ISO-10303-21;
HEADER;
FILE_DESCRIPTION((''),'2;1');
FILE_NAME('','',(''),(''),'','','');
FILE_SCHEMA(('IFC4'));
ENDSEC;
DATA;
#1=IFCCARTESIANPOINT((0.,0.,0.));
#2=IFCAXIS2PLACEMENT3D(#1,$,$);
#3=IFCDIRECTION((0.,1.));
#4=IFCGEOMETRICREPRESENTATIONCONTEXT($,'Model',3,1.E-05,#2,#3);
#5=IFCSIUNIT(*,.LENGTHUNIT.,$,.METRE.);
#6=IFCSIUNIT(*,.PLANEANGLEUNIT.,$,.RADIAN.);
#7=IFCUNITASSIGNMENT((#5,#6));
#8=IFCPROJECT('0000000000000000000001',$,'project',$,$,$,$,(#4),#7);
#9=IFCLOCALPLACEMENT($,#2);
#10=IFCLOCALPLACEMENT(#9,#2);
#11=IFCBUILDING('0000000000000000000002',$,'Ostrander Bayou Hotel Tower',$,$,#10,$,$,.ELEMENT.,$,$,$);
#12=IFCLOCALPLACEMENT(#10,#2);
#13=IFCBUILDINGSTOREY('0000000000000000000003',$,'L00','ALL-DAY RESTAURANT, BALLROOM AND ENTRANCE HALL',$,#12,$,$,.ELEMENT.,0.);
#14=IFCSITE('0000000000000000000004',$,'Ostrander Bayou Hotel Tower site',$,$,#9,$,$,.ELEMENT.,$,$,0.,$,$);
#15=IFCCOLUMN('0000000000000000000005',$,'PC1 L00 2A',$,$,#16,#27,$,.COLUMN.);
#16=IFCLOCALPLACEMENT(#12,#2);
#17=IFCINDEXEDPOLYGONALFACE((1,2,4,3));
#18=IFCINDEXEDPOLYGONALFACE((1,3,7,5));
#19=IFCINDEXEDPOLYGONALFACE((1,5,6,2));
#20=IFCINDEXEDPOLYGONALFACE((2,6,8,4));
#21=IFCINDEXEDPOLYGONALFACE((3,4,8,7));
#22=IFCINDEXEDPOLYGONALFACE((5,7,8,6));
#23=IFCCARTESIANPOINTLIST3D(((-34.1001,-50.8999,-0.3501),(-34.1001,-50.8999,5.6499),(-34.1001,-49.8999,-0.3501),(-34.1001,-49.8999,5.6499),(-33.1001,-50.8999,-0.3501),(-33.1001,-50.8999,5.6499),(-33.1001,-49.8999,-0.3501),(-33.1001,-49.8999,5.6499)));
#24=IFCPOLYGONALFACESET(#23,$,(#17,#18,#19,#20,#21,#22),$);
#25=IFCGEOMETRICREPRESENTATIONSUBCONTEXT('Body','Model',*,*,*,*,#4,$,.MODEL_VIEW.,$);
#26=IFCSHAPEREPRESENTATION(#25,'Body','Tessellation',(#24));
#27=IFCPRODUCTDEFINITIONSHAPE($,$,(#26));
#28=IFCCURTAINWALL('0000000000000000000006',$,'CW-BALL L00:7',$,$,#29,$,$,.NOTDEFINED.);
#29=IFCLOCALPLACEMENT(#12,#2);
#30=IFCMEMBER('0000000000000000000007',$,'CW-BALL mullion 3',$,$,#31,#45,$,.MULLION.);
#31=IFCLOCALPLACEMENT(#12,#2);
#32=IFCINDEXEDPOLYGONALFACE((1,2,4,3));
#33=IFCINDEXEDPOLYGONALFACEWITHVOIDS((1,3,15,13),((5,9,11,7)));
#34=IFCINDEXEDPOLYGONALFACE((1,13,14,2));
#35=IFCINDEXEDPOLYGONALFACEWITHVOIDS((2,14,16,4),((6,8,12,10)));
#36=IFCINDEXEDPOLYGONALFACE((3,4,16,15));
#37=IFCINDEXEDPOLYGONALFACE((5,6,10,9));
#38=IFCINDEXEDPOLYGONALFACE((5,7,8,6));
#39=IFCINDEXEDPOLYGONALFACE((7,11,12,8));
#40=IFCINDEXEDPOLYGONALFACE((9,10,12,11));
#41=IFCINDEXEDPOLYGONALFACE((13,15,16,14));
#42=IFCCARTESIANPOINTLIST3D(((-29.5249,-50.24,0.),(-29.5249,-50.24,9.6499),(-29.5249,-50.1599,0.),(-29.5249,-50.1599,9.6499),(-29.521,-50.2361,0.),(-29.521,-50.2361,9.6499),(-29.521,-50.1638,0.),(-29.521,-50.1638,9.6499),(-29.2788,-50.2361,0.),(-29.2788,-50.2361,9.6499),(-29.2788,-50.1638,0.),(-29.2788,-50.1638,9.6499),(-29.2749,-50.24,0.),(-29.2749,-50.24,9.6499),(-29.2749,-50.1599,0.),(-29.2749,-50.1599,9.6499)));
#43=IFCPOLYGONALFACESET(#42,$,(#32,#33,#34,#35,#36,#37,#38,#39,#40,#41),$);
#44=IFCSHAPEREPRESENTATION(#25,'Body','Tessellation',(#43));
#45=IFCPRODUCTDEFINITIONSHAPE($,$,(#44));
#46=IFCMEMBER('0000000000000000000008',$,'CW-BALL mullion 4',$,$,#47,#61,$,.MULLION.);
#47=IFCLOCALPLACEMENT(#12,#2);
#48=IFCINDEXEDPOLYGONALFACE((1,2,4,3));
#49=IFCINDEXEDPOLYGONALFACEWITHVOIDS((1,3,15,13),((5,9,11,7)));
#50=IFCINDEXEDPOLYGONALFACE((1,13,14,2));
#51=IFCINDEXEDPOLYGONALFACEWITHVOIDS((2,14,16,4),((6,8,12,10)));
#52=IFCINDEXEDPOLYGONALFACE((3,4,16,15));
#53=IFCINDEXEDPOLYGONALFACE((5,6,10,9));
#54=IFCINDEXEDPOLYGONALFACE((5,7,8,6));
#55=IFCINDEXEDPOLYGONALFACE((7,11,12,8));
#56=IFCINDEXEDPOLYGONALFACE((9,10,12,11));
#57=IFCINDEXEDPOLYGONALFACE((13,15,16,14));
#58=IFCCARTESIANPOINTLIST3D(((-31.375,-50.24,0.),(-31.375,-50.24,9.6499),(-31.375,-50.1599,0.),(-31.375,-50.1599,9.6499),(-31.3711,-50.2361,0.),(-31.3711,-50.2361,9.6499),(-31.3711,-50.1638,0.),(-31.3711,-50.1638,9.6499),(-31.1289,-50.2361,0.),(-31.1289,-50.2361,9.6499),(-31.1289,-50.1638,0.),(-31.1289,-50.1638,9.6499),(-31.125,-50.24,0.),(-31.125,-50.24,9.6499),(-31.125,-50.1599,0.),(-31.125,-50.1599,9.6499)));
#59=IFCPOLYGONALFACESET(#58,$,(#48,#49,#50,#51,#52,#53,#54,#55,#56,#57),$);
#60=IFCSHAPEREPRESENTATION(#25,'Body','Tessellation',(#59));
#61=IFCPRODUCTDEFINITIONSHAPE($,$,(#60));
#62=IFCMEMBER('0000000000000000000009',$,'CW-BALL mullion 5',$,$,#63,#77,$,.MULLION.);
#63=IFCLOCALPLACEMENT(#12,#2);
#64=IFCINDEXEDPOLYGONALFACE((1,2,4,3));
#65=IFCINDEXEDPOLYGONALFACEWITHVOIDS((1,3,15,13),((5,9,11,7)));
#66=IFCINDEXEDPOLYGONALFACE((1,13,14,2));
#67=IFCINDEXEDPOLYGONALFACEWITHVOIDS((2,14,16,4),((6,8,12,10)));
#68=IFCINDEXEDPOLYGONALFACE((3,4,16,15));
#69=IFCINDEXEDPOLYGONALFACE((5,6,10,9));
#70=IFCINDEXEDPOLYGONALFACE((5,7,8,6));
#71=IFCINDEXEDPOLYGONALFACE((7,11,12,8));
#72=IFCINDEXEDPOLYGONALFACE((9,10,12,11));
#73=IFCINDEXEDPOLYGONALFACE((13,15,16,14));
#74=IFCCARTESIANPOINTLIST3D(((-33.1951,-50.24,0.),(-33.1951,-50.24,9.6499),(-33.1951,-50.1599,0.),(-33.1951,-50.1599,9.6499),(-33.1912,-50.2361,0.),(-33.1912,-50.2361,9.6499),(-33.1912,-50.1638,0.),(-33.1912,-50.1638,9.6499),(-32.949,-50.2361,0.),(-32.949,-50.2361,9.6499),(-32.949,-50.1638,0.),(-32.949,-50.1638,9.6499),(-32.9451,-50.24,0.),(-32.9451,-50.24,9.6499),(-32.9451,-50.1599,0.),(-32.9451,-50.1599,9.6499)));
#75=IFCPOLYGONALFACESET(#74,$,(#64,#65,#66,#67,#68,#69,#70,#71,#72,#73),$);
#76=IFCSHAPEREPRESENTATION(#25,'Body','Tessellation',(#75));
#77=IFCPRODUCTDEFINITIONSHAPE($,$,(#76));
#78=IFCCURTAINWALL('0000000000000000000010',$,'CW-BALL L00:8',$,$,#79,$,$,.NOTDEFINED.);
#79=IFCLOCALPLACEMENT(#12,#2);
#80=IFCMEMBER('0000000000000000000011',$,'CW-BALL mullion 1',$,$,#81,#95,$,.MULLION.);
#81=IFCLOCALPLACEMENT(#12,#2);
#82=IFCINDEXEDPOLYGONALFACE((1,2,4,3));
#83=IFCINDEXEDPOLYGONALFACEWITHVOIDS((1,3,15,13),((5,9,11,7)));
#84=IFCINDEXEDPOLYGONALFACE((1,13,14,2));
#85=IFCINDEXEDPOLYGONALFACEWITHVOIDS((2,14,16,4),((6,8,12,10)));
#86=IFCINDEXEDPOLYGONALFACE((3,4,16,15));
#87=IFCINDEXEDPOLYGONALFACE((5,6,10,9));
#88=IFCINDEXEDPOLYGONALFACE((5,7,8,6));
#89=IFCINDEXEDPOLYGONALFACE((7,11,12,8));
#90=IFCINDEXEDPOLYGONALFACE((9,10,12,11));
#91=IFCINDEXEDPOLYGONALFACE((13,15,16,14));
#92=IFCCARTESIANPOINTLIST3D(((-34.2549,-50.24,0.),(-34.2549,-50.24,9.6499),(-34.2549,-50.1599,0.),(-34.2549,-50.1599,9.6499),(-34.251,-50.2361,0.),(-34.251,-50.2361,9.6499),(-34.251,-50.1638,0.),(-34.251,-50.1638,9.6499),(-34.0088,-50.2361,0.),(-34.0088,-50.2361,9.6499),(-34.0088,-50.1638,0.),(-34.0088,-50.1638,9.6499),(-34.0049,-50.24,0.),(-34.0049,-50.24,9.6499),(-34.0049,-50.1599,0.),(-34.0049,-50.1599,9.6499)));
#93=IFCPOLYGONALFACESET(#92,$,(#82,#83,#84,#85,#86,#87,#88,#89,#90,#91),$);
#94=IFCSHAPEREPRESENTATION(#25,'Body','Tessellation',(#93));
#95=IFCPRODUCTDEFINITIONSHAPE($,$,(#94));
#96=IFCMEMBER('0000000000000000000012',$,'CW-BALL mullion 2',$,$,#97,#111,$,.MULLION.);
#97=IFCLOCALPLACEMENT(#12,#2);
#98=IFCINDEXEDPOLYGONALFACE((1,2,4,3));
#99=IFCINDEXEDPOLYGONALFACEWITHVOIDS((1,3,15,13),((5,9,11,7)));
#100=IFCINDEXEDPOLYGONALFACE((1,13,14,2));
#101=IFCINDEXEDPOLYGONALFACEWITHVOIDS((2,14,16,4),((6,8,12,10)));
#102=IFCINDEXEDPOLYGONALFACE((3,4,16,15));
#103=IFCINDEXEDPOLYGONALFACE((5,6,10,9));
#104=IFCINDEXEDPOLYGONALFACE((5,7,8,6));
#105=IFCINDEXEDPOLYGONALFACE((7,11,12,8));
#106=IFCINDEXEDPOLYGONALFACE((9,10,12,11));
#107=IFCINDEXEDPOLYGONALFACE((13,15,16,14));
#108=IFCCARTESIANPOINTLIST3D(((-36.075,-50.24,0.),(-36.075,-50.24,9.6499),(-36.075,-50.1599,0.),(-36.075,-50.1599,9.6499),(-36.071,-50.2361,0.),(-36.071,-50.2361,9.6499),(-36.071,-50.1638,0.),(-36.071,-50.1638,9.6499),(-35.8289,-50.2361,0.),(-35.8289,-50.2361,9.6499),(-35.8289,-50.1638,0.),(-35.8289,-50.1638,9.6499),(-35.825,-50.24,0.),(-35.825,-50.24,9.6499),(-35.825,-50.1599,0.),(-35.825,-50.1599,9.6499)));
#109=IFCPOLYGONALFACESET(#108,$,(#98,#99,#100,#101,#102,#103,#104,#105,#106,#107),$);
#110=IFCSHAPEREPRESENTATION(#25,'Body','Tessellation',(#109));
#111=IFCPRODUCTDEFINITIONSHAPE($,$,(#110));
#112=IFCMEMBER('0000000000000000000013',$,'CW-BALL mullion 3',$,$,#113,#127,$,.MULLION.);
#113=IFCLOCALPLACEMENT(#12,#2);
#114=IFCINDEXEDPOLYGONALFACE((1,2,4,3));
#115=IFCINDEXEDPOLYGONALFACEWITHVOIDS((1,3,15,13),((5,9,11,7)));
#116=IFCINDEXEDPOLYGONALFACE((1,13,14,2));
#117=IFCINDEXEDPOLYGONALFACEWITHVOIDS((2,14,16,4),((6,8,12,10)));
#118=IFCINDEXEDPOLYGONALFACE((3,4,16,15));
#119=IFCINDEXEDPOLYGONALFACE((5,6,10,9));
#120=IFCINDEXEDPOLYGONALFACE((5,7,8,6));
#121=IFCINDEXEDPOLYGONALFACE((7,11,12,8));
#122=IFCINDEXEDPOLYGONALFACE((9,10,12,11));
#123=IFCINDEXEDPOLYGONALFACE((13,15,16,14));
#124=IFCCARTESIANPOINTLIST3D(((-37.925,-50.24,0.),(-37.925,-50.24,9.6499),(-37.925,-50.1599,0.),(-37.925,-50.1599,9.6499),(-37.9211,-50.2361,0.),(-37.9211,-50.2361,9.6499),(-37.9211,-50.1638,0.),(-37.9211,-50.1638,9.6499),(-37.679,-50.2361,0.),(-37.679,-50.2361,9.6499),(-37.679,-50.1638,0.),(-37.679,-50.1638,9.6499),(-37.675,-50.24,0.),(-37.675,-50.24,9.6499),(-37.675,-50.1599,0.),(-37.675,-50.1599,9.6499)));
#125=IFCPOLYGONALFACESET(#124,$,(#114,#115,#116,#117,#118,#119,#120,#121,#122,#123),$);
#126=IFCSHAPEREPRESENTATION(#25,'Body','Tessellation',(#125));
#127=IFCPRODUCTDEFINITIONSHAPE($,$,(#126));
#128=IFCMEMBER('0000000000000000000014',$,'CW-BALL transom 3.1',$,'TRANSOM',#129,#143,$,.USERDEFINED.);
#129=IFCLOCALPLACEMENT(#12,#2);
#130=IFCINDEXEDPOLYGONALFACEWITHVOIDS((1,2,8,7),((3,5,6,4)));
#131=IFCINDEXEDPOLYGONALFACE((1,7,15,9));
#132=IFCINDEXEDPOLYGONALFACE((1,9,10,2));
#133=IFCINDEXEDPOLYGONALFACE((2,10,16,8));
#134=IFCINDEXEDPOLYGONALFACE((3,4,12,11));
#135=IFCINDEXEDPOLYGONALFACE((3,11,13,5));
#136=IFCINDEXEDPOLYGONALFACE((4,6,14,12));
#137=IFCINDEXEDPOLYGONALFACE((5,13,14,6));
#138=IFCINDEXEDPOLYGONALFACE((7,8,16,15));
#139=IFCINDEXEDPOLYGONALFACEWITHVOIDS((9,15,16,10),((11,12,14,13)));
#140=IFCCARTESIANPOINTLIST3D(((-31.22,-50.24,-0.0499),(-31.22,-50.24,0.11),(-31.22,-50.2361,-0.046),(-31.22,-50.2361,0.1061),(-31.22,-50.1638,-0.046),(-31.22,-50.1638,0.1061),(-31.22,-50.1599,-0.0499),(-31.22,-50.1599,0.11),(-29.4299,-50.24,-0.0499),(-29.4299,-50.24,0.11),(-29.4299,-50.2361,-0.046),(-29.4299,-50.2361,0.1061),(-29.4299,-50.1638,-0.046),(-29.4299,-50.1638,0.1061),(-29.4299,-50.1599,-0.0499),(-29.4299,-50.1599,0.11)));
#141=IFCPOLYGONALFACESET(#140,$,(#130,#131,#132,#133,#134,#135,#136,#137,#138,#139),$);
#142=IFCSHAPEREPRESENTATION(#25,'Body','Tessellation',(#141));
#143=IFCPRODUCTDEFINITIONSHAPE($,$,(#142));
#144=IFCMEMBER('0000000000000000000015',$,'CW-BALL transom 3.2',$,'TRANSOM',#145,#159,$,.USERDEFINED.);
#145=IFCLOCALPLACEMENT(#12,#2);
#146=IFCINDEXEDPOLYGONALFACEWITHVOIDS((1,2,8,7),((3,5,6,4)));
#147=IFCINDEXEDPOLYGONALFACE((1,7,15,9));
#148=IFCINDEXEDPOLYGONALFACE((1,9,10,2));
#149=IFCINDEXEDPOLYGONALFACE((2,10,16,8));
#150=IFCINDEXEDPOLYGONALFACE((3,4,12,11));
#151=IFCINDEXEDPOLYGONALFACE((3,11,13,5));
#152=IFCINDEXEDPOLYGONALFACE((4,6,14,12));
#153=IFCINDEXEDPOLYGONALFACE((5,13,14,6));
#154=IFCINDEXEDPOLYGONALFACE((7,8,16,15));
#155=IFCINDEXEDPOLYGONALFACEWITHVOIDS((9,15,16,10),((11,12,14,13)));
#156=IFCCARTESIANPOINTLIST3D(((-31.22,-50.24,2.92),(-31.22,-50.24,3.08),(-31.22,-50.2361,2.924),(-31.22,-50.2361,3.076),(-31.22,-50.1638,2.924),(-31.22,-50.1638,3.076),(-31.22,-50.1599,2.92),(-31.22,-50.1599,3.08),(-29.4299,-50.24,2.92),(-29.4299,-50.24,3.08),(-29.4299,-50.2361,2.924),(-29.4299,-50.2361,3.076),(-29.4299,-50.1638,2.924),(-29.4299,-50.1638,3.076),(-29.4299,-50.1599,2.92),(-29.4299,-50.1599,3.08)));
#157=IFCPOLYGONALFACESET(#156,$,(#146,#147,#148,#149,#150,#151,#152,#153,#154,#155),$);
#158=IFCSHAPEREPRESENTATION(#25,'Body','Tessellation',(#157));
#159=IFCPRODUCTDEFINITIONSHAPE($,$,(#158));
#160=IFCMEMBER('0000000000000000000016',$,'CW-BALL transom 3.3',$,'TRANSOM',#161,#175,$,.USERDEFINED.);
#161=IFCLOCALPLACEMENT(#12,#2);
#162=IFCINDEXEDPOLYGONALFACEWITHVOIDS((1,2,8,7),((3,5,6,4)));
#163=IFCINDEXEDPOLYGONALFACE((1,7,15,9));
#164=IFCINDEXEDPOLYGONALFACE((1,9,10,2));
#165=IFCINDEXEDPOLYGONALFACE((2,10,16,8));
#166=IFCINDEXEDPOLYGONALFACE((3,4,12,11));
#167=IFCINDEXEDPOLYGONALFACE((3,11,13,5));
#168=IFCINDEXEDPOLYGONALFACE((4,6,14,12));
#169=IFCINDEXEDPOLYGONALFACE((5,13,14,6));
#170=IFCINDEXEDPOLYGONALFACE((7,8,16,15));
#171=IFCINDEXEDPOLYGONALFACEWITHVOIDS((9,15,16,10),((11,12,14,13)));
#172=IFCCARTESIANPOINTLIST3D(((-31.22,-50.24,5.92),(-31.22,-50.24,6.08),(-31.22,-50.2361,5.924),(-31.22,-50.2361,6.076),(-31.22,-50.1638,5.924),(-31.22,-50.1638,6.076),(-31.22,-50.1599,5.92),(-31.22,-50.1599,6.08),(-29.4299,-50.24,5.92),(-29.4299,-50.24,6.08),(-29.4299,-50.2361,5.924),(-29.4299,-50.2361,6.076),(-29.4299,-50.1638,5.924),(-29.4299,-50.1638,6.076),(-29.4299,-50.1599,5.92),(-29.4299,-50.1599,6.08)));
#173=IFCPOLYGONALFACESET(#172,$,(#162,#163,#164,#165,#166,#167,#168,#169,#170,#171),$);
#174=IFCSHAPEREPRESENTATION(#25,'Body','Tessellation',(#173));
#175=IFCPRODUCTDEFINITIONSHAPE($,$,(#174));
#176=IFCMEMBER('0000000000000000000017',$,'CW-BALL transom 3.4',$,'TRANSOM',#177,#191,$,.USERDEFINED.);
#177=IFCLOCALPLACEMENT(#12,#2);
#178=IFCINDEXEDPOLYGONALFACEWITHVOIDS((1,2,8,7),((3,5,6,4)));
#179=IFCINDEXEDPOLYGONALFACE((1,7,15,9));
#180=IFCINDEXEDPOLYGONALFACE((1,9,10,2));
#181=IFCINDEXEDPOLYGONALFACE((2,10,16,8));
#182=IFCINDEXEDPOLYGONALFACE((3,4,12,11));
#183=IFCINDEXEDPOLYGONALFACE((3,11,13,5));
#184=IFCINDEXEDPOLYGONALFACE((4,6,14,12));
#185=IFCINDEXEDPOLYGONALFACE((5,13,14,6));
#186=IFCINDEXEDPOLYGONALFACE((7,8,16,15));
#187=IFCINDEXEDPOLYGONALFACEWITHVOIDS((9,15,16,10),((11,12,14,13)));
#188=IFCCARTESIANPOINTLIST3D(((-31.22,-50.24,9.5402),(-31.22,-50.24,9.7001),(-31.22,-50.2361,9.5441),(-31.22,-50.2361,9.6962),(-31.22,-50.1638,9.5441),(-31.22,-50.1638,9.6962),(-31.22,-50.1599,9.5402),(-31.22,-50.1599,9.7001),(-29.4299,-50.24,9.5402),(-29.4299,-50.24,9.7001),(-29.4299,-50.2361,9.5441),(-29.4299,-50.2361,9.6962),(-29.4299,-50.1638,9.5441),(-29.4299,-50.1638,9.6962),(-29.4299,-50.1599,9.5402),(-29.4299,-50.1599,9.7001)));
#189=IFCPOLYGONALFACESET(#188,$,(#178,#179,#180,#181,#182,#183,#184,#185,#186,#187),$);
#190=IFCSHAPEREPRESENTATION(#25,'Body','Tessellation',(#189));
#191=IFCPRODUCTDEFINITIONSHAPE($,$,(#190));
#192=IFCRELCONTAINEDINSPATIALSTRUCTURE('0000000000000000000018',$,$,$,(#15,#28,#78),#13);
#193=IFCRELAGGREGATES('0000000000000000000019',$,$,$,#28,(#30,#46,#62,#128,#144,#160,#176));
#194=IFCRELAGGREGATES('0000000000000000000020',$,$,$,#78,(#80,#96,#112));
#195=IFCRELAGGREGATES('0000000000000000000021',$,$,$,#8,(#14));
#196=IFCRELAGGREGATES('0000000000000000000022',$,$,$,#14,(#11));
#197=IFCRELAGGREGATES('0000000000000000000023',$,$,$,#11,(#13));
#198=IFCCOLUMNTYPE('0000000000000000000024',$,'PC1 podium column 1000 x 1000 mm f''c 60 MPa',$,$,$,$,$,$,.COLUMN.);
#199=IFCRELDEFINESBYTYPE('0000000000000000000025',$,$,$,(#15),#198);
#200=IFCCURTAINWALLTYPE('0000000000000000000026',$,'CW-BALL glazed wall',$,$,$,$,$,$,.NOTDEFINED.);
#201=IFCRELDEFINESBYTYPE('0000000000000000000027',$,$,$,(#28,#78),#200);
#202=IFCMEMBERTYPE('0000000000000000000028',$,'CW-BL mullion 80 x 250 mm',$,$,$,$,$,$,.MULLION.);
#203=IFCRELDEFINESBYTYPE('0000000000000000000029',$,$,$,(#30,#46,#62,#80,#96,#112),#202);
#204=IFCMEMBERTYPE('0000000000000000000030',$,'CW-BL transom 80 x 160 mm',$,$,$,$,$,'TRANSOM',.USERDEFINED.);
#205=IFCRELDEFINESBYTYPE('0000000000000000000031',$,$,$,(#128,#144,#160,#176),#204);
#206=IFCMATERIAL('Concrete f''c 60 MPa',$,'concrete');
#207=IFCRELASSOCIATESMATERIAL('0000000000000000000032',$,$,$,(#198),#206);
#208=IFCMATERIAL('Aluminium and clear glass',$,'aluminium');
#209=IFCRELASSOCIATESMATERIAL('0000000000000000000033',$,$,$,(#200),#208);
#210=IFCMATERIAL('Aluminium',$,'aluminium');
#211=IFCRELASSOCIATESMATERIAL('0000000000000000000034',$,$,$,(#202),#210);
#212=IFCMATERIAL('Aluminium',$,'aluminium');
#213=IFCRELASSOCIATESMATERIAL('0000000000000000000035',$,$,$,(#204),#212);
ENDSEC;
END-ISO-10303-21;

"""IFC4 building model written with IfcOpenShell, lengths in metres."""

from ifc_helpers import new_model, si_unit, direction, frame, origin, origin_2d, place, context, subcontext, project, spatial, rectangle, hollow_rectangle, extrude, material, material_profile, profile_set, type_object, element, aggregate, save


model = new_model("IFC4")

# Units and contexts
model_context = context("Model", 3, precision=1e-05, world=origin(), true_north=direction((0.0, 1.0)))
body_context = subcontext(model_context, "Body", "Model", "MODEL_VIEW")
ifc_project = project(units=[si_unit("LENGTHUNIT", "METRE"), si_unit("PLANEANGLEUNIT", "RADIAN")], contexts=[model_context])

# Site, building, storey
site_placement = place(None, origin())
site = spatial("IfcSite", under=ifc_project, at=site_placement, Name="Ostrander Bayou Hotel Tower site", CompositionType="ELEMENT", RefElevation=0.0)
building_placement = place(site_placement, origin())
building = spatial("IfcBuilding", under=site, at=building_placement, Name="Ostrander Bayou Hotel Tower", CompositionType="ELEMENT")
storey_placement = place(building_placement, origin())
storey = spatial("IfcBuildingStorey", under=building, at=storey_placement, Name="L00", Description="ALL-DAY RESTAURANT, BALLROOM AND ENTRANCE HALL", CompositionType="ELEMENT", Elevation=0.0)

# Column
ifc_material_1 = material(Name="Concrete f'c 60 MPa", Category="concrete")
ifc_material_profile_1 = material_profile(ifc_material_1, rectangle(XDim=1.0, YDim=1.0, at=origin_2d()))
ifc_profile_set_1 = profile_set([ifc_material_profile_1], Name="Concrete f'c 60 MPa")
column_type = type_object("IfcColumnType", Name="PC1 podium column 1000 x 1000 mm f'c 60 MPa", PredefinedType="COLUMN", material=ifc_profile_set_1)
column_placement = place(storey_placement, frame((-33.6001, -50.3999, -0.3501), z_axis=(0.0, 0.0, 1.0), x_axis=(1.0, 0.0, 0.0)))
element("IfcColumn", 1, at=column_placement, inside=storey, type_object=column_type, Name="PC1 L00 2A", PredefinedType="COLUMN", context=body_context, shape_type="SweptSolid", body=[
    extrude(rectangle(XDim=1.0, YDim=1.0, at=origin_2d()), origin(), (0.0, 0.0, 1.0), 6.0),
])

# Curtain walls, members
ifc_material_2 = material(Name="Aluminium and clear glass", Category="aluminium")
curtain_wall_type = type_object("IfcCurtainWallType", Name="CW-BALL glazed wall", PredefinedType="NOTDEFINED", material=ifc_material_2)
curtain_wall_1_placement = place(storey_placement, origin())
curtain_wall_1 = element("IfcCurtainWall", 2, at=curtain_wall_1_placement, inside=storey, type_object=curtain_wall_type, Name="CW-BALL L00:7", PredefinedType="NOTDEFINED")
ifc_material_3 = material(Name="Aluminium", Category="aluminium")
ifc_material_profile_2 = material_profile(ifc_material_3, hollow_rectangle(XDim=0.0801, YDim=0.25, WallThickness=0.0039, at=origin_2d()))
ifc_profile_set_2 = profile_set([ifc_material_profile_2], Name="Aluminium")
member_type_1 = type_object("IfcMemberType", Name="CW-BL mullion 80 x 250 mm", PredefinedType="MULLION", material=ifc_profile_set_2)
member_1_placement = place(storey_placement, frame((-29.3999, -50.2, 0.0), z_axis=(0.0, 0.0, 1.0), x_axis=(0.0, -1.0, 0.0)))
member_1 = element("IfcMember", 3, at=member_1_placement, type_object=member_type_1, Name="CW-BALL mullion 3", PredefinedType="MULLION", context=body_context, shape_type="SweptSolid", body=[
    extrude(hollow_rectangle(XDim=0.0801, YDim=0.25, WallThickness=0.0039, at=origin_2d()), origin(), (0.0, 0.0, 1.0), 9.6499),
])
member_2_placement = place(storey_placement, frame((-31.25, -50.2, 0.0), z_axis=(0.0, 0.0, 1.0), x_axis=(0.0, -1.0, 0.0)))
member_2 = element("IfcMember", 4, at=member_2_placement, type_object=member_type_1, Name="CW-BALL mullion 4", PredefinedType="MULLION", context=body_context, shape_type="SweptSolid", body=[
    extrude(hollow_rectangle(XDim=0.0801, YDim=0.25, WallThickness=0.0039, at=origin_2d()), origin(), (0.0, 0.0, 1.0), 9.6499),
])
member_3_placement = place(storey_placement, frame((-33.0701, -50.2, 0.0), z_axis=(0.0, 0.0, 1.0), x_axis=(0.0, -1.0, 0.0)))
member_3 = element("IfcMember", 5, at=member_3_placement, type_object=member_type_1, Name="CW-BALL mullion 5", PredefinedType="MULLION", context=body_context, shape_type="SweptSolid", body=[
    extrude(hollow_rectangle(XDim=0.0801, YDim=0.25, WallThickness=0.0039, at=origin_2d()), origin(), (0.0, 0.0, 1.0), 9.6499),
])
curtain_wall_2_placement = place(storey_placement, origin())
curtain_wall_2 = element("IfcCurtainWall", 6, at=curtain_wall_2_placement, inside=storey, type_object=curtain_wall_type, Name="CW-BALL L00:8", PredefinedType="NOTDEFINED")
member_4_placement = place(storey_placement, frame((-34.1299, -50.2, 0.0), z_axis=(0.0, 0.0, 1.0), x_axis=(0.0, -1.0, 0.0)))
member_4 = element("IfcMember", 7, at=member_4_placement, type_object=member_type_1, Name="CW-BALL mullion 1", PredefinedType="MULLION", context=body_context, shape_type="SweptSolid", body=[
    extrude(hollow_rectangle(XDim=0.0801, YDim=0.25, WallThickness=0.0039, at=origin_2d()), origin(), (0.0, 0.0, 1.0), 9.6499),
])
member_5_placement = place(storey_placement, frame((-35.95, -50.2, 0.0), z_axis=(0.0, 0.0, 1.0), x_axis=(0.0, -1.0, 0.0)))
member_5 = element("IfcMember", 8, at=member_5_placement, type_object=member_type_1, Name="CW-BALL mullion 2", PredefinedType="MULLION", context=body_context, shape_type="SweptSolid", body=[
    extrude(hollow_rectangle(XDim=0.0801, YDim=0.25, WallThickness=0.0039, at=origin_2d()), origin(), (0.0, 0.0, 1.0), 9.6499),
])
member_6_placement = place(storey_placement, frame((-37.8, -50.2, 0.0), z_axis=(0.0, 0.0, 1.0), x_axis=(0.0, -1.0, 0.0)))
member_6 = element("IfcMember", 9, at=member_6_placement, type_object=member_type_1, Name="CW-BALL mullion 3", PredefinedType="MULLION", context=body_context, shape_type="SweptSolid", body=[
    extrude(hollow_rectangle(XDim=0.0801, YDim=0.25, WallThickness=0.0039, at=origin_2d()), origin(), (0.0, 0.0, 1.0), 9.6499),
])

# Members
ifc_material_4 = material(Name="Aluminium", Category="aluminium")
ifc_material_profile_3 = material_profile(ifc_material_4, hollow_rectangle(XDim=0.0801, YDim=0.1599, WallThickness=0.0039, at=origin_2d()))
ifc_profile_set_3 = profile_set([ifc_material_profile_3], Name="Aluminium")
member_type_2 = type_object("IfcMemberType", Name="CW-BL transom 80 x 160 mm", ElementType="TRANSOM", PredefinedType="USERDEFINED", material=ifc_profile_set_3)
member_7_placement = place(storey_placement, frame((-29.4299, -50.2, 0.03), z_axis=(-1.0, 0.0, 0.0), x_axis=(0.0, -1.0, 0.0)))
member_7 = element("IfcMember", 10, at=member_7_placement, type_object=member_type_2, Name="CW-BALL transom 3.1", ObjectType="TRANSOM", PredefinedType="USERDEFINED", context=body_context, shape_type="SweptSolid", body=[
    extrude(hollow_rectangle(XDim=0.0801, YDim=0.1599, WallThickness=0.0039, at=origin_2d()), origin(), (0.0, 0.0, 1.0), 1.79),
])
member_8_placement = place(storey_placement, frame((-29.4299, -50.2, 3.0), z_axis=(-1.0, 0.0, 0.0), x_axis=(0.0, -1.0, 0.0)))
member_8 = element("IfcMember", 11, at=member_8_placement, type_object=member_type_2, Name="CW-BALL transom 3.2", ObjectType="TRANSOM", PredefinedType="USERDEFINED", context=body_context, shape_type="SweptSolid", body=[
    extrude(hollow_rectangle(XDim=0.0801, YDim=0.1599, WallThickness=0.0039, at=origin_2d()), origin(), (0.0, 0.0, 1.0), 1.79),
])
member_9_placement = place(storey_placement, frame((-29.4299, -50.2, 6.0), z_axis=(-1.0, 0.0, 0.0), x_axis=(0.0, -1.0, 0.0)))
member_9 = element("IfcMember", 12, at=member_9_placement, type_object=member_type_2, Name="CW-BALL transom 3.3", ObjectType="TRANSOM", PredefinedType="USERDEFINED", context=body_context, shape_type="SweptSolid", body=[
    extrude(hollow_rectangle(XDim=0.0801, YDim=0.1599, WallThickness=0.0039, at=origin_2d()), origin(), (0.0, 0.0, 1.0), 1.79),
])
member_10_placement = place(storey_placement, frame((-29.4299, -50.2, 9.6201), z_axis=(-1.0, 0.0, 0.0), x_axis=(0.0, -1.0, 0.0)))
member_10 = element("IfcMember", 13, at=member_10_placement, type_object=member_type_2, Name="CW-BALL transom 3.4", ObjectType="TRANSOM", PredefinedType="USERDEFINED", context=body_context, shape_type="SweptSolid", body=[
    extrude(hollow_rectangle(XDim=0.0801, YDim=0.1599, WallThickness=0.0039, at=origin_2d()), origin(), (0.0, 0.0, 1.0), 1.79),
])

aggregate(curtain_wall_1, [member_1, member_2, member_3, member_7, member_8, member_9, member_10])
aggregate(curtain_wall_2, [member_4, member_5, member_6])

save(model, "model.ifc")
